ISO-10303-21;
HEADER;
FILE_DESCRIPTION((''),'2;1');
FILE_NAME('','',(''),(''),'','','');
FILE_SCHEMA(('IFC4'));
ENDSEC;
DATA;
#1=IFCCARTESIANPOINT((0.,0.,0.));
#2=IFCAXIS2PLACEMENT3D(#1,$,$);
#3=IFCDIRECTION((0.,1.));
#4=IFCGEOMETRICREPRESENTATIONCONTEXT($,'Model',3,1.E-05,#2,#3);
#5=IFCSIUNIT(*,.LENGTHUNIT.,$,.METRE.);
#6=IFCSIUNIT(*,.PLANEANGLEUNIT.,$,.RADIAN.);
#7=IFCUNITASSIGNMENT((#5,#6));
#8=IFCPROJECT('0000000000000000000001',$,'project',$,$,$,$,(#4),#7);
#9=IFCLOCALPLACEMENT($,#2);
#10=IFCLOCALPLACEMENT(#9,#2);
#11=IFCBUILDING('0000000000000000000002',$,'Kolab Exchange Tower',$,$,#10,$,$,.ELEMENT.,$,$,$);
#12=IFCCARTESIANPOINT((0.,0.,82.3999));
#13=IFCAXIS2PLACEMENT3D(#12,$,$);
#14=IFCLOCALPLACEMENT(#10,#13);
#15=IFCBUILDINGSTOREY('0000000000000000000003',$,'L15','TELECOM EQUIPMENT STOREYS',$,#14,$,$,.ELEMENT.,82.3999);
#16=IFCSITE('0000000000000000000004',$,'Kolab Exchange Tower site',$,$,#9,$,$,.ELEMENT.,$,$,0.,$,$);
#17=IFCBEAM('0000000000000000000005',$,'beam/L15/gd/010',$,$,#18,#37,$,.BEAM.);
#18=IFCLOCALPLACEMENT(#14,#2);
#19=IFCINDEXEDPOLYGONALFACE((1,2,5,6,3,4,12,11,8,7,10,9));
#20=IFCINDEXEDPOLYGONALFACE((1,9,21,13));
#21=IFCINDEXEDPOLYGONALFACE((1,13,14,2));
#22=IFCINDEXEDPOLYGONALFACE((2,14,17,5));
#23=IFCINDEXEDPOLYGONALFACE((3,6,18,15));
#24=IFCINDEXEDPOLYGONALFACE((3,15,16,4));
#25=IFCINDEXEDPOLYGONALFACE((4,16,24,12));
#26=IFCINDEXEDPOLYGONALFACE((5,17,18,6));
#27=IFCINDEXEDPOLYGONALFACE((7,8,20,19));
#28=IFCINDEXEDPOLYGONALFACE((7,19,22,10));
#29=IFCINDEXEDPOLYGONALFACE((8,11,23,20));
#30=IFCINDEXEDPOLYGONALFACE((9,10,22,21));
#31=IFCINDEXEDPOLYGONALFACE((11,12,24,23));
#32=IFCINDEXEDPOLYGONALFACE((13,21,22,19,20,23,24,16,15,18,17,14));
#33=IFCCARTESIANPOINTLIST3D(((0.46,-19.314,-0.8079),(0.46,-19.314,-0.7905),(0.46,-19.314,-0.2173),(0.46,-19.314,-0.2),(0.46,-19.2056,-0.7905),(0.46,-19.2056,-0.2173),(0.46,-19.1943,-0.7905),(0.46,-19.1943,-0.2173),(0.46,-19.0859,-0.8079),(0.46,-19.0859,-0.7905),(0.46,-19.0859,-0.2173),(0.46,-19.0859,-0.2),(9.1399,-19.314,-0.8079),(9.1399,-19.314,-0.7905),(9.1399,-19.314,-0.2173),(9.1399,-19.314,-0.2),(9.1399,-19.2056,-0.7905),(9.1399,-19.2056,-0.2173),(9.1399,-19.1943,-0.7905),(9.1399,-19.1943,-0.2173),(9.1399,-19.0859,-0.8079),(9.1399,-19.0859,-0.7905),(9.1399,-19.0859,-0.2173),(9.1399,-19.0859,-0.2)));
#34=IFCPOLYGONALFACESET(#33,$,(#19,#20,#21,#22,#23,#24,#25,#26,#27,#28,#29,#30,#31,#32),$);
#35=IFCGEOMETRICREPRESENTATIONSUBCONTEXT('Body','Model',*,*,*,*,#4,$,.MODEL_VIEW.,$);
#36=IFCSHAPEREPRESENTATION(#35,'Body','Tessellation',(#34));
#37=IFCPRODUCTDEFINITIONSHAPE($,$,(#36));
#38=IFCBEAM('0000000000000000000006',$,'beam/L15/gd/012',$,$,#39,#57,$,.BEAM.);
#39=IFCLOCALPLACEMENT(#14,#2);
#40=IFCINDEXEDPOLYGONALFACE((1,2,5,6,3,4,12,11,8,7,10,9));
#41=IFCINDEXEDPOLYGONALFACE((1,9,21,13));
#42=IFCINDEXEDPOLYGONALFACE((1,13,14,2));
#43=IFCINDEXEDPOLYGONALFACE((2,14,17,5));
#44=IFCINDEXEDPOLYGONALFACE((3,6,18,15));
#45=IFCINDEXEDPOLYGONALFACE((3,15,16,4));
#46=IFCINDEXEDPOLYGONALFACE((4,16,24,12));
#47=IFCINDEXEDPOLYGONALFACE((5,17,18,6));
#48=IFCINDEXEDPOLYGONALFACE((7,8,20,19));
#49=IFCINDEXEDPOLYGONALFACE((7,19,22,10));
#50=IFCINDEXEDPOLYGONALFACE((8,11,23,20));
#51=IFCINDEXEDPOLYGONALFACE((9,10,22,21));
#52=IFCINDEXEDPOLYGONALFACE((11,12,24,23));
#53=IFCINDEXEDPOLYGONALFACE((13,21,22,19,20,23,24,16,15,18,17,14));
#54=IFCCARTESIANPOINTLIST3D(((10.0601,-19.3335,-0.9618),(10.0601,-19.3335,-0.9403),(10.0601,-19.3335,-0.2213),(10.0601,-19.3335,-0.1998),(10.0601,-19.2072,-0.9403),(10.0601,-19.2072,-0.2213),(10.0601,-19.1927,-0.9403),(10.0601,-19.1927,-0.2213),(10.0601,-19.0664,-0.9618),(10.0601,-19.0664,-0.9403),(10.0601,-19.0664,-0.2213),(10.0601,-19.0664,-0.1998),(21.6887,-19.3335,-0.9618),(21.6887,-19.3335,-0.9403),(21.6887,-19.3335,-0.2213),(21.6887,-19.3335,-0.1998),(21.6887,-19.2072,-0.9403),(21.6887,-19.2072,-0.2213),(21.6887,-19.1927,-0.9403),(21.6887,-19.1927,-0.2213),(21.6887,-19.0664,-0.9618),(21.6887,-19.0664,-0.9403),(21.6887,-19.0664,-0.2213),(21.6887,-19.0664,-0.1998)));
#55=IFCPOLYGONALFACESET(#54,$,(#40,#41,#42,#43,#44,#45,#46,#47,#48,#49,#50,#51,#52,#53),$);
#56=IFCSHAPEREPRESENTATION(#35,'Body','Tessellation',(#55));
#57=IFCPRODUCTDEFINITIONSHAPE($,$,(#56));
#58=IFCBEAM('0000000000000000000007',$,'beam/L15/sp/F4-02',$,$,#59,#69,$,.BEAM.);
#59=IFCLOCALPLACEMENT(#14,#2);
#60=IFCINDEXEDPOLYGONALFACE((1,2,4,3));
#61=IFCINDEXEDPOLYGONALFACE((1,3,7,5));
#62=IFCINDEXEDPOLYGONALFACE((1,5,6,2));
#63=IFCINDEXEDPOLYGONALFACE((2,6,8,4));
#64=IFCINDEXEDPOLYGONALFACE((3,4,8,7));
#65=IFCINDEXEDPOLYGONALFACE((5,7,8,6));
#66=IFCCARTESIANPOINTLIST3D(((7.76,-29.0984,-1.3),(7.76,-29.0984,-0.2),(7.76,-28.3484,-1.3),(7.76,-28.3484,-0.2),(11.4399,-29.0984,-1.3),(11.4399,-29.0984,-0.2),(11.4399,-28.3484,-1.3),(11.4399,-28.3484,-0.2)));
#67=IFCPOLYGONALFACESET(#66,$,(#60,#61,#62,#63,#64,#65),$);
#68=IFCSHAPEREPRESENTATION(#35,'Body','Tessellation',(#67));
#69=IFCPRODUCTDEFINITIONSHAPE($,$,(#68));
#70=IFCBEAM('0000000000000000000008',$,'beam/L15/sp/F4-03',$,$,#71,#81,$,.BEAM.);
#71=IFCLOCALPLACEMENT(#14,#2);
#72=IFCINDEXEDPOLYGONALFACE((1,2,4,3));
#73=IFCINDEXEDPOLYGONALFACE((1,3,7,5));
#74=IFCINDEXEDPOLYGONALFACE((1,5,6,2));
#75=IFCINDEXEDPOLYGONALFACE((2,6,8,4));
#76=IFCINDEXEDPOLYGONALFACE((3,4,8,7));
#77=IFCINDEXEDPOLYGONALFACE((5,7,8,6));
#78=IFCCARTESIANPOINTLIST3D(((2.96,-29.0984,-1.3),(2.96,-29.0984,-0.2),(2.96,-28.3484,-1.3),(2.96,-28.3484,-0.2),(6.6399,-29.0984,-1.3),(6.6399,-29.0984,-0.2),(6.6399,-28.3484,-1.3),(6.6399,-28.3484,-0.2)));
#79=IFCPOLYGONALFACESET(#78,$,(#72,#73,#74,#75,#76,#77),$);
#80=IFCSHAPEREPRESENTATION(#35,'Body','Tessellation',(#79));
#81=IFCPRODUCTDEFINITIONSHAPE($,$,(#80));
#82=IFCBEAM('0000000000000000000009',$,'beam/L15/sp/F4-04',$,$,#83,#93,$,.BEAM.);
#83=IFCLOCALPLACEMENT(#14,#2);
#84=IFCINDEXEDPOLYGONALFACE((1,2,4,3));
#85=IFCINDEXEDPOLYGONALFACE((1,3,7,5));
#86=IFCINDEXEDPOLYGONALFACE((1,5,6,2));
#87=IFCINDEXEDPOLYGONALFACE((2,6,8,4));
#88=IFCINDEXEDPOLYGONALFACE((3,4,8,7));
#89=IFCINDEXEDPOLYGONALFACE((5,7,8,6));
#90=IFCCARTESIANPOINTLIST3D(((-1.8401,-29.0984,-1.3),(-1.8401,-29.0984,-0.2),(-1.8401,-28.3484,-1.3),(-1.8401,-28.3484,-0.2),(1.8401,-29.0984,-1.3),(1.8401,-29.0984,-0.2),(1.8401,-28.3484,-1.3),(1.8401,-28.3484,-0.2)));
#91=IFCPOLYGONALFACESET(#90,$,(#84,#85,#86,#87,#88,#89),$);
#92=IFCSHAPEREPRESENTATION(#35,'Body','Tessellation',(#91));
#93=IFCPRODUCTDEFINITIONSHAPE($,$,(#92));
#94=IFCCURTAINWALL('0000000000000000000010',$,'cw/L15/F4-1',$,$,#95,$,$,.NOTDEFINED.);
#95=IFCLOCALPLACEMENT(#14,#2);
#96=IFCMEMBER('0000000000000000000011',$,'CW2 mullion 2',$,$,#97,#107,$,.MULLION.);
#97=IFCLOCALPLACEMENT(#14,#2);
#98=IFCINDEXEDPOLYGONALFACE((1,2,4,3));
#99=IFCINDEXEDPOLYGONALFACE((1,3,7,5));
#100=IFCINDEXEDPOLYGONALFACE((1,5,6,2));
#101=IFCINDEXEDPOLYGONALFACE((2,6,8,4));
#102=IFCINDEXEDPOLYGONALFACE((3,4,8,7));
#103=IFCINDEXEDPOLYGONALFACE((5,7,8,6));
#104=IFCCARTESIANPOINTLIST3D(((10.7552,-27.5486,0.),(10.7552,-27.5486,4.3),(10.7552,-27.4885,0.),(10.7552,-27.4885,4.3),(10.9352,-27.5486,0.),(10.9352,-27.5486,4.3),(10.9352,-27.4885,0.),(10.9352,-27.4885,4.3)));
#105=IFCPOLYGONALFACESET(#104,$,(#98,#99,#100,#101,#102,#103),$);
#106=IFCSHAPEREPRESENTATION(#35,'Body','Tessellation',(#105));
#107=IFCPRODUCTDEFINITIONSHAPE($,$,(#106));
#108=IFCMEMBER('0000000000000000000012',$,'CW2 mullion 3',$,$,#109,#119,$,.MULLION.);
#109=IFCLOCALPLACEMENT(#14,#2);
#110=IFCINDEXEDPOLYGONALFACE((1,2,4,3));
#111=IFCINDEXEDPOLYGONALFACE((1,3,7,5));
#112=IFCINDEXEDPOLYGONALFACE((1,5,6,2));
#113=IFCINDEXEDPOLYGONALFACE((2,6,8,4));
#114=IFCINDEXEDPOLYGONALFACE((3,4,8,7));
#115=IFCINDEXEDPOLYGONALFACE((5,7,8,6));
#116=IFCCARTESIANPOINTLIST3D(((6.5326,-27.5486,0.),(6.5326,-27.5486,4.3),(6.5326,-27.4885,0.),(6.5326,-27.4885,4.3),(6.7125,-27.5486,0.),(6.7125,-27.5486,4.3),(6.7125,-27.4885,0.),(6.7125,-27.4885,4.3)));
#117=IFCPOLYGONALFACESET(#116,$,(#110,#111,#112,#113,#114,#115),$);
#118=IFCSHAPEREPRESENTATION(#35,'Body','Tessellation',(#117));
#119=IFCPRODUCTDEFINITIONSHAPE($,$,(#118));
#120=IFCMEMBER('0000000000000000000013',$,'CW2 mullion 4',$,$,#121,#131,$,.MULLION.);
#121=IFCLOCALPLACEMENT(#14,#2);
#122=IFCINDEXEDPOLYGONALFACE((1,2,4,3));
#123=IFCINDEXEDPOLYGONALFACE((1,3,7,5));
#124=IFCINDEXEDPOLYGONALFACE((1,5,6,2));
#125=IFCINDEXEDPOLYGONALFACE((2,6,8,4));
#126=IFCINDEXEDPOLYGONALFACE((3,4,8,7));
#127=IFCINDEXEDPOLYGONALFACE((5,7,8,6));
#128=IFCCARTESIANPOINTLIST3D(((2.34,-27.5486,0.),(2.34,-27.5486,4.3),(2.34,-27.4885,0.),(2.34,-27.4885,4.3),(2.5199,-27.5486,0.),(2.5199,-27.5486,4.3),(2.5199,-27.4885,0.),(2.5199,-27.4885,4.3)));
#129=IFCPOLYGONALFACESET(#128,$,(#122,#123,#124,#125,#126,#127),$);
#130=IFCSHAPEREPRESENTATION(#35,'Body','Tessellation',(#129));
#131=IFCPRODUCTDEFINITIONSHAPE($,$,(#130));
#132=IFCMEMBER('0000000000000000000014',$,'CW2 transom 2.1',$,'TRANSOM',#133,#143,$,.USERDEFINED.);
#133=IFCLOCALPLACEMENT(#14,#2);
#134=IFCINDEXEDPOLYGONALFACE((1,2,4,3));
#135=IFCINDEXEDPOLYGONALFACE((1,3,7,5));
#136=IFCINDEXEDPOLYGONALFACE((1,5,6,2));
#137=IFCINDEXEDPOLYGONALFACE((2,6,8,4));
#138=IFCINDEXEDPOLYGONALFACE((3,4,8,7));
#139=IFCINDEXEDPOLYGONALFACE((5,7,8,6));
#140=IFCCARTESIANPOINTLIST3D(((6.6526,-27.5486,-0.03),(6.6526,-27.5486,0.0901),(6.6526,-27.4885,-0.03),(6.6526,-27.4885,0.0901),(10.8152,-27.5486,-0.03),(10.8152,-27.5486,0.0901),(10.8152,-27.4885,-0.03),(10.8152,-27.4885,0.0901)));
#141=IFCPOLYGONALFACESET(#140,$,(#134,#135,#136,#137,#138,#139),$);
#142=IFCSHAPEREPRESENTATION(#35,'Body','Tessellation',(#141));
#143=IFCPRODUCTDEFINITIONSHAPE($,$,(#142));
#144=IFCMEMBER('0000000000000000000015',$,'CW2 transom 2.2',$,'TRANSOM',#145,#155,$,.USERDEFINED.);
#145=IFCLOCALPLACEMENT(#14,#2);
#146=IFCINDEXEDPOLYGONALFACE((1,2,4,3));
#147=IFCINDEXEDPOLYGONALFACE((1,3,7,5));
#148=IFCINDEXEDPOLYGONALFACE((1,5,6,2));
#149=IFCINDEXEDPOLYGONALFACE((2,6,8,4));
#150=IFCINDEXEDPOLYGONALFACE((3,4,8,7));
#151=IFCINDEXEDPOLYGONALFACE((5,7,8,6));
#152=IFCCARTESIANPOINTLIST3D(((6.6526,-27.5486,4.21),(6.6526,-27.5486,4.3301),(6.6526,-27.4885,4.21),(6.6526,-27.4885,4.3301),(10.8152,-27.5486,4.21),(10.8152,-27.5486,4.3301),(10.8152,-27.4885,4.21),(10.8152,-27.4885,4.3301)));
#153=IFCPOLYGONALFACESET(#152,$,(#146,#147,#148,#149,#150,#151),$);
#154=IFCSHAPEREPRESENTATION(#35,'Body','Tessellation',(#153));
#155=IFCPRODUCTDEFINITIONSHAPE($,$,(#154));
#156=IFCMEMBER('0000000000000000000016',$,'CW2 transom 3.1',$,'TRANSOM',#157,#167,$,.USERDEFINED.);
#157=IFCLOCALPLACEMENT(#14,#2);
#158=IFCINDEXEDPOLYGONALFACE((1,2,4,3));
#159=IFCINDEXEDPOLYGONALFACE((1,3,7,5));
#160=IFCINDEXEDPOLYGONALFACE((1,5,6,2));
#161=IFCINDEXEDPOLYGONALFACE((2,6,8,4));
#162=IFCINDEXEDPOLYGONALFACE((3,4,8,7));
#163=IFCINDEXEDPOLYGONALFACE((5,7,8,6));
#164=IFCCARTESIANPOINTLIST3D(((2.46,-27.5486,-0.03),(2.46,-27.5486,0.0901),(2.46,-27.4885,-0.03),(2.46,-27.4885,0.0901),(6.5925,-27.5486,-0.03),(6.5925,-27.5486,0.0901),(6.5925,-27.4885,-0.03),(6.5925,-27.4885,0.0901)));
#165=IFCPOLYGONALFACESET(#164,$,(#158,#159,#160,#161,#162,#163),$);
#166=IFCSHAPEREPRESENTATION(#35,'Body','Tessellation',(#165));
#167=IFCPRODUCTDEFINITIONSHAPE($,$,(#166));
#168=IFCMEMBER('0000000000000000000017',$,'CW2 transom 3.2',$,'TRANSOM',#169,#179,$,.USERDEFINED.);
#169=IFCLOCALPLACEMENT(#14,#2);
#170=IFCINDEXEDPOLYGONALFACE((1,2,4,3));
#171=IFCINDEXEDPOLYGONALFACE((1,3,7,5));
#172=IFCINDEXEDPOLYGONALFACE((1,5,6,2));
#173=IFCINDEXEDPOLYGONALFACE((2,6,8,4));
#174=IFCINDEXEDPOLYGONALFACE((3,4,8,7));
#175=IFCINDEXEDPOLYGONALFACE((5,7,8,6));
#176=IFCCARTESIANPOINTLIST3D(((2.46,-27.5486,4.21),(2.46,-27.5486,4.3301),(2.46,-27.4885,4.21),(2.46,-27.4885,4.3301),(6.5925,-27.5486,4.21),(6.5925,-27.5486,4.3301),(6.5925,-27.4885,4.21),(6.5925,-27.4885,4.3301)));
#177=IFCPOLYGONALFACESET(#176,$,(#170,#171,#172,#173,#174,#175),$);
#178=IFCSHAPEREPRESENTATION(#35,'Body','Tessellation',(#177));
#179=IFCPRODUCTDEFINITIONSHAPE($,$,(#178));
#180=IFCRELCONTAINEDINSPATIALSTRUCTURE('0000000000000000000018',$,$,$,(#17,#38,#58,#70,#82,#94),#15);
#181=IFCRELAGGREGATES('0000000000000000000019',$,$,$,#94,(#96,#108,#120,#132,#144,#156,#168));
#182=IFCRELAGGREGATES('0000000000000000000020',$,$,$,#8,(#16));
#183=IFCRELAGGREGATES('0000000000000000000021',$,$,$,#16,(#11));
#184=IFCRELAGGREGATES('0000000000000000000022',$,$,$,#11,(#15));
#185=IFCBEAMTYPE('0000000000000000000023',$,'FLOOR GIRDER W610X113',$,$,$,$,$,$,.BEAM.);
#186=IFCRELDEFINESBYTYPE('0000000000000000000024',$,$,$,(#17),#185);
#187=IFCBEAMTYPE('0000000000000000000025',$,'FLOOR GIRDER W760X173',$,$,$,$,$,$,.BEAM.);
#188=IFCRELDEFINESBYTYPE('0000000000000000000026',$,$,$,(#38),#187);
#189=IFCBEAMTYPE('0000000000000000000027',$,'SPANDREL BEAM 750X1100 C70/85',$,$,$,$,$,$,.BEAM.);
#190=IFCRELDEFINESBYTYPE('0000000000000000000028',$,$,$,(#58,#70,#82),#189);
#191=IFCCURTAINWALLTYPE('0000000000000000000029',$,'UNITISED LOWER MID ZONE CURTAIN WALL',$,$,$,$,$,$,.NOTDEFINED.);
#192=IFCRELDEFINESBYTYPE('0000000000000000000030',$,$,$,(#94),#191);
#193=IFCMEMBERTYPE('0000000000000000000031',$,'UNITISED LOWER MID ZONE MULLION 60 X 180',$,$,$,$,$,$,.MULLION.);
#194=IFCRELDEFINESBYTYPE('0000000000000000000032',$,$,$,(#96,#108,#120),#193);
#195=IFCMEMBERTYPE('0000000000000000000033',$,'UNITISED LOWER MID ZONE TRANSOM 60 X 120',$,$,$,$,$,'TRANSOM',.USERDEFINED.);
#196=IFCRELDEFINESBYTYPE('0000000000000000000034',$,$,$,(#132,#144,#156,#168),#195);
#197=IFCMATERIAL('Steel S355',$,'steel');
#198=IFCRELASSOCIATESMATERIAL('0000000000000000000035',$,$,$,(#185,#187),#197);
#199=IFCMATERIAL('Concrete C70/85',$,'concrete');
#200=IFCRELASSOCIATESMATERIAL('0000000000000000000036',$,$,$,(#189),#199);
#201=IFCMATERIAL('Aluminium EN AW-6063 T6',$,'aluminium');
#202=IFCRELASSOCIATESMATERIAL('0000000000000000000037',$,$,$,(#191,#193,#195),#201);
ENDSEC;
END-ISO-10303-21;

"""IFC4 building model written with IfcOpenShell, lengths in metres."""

from ifc_helpers import new_model, si_unit, direction, frame, origin, origin_2d, place, context, subcontext, project, spatial, rectangle, i_section, extrude, material, material_profile, profile_set, type_object, element, aggregate, save


model = new_model("IFC4")

# Units and contexts
model_context = context("Model", 3, precision=1e-05, world=origin(), true_north=direction((0.0, 1.0)))
body_context = subcontext(model_context, "Body", "Model", "MODEL_VIEW")
ifc_project = project(units=[si_unit("LENGTHUNIT", "METRE"), si_unit("PLANEANGLEUNIT", "RADIAN")], contexts=[model_context])

# Site, building, storey
site_placement = place(None, origin())
site = spatial("IfcSite", under=ifc_project, at=site_placement, Name="Kolab Exchange Tower site", CompositionType="ELEMENT", RefElevation=0.0)
building_placement = place(site_placement, origin())
building = spatial("IfcBuilding", under=site, at=building_placement, Name="Kolab Exchange Tower", CompositionType="ELEMENT")
storey_placement = place(building_placement, frame((0.0, 0.0, 82.3999)))
storey = spatial("IfcBuildingStorey", under=building, at=storey_placement, Name="L15", Description="TELECOM EQUIPMENT STOREYS", CompositionType="ELEMENT", Elevation=82.3999)

# Shared definitions
ifc_material_1 = material(Name="Concrete C70/85", Category="concrete")

# Beams
ifc_material_2 = material(Name="Steel S355", Category="steel")
ifc_material_profile_1 = material_profile(ifc_material_2, i_section(OverallWidth=0.228, OverallDepth=0.6079, WebThickness=0.0112, FlangeThickness=0.0173, at=origin_2d()), Name="W610X113")
ifc_profile_set_1 = profile_set([ifc_material_profile_1], Name="Steel S355")
beam_type_1 = type_object("IfcBeamType", Name="FLOOR GIRDER W610X113", PredefinedType="BEAM", material=ifc_profile_set_1)
beam_1_placement = place(storey_placement, frame((0.46, -19.2, -0.5039), z_axis=(1.0, 0.0, 0.0), x_axis=(0.0, 1.0, 0.0)))
element("IfcBeam", 1, at=beam_1_placement, inside=storey, type_object=beam_type_1, Name="beam/L15/gd/010", PredefinedType="BEAM", context=body_context, shape_type="SweptSolid", body=[
    extrude(i_section(OverallWidth=0.228, OverallDepth=0.6079, WebThickness=0.0112, FlangeThickness=0.0173, at=origin_2d()), origin(), (0.0, 0.0, 1.0), 8.6799),
])
ifc_material_profile_2 = material_profile(ifc_material_2, i_section(OverallWidth=0.2671, OverallDepth=0.762, WebThickness=0.0144, FlangeThickness=0.0215, at=origin_2d()), Name="W760X173")
ifc_profile_set_2 = profile_set([ifc_material_profile_2], Name="Steel S355")
beam_type_2 = type_object("IfcBeamType", Name="FLOOR GIRDER W760X173", PredefinedType="BEAM", material=ifc_profile_set_2)
beam_2_placement = place(storey_placement, frame((10.0601, -19.2, -0.5808), z_axis=(1.0, 0.0, 0.0), x_axis=(0.0, 1.0, 0.0)))
element("IfcBeam", 2, at=beam_2_placement, inside=storey, type_object=beam_type_2, Name="beam/L15/gd/012", PredefinedType="BEAM", context=body_context, shape_type="SweptSolid", body=[
    extrude(i_section(OverallWidth=0.2671, OverallDepth=0.762, WebThickness=0.0144, FlangeThickness=0.0215, at=origin_2d()), origin(), (0.0, 0.0, 1.0), 11.6287),
])
ifc_material_profile_3 = material_profile(ifc_material_1, rectangle(XDim=0.75, YDim=1.1001, at=origin_2d()), Name="RC750X1100")
ifc_profile_set_3 = profile_set([ifc_material_profile_3], Name="Concrete C70/85")
beam_type_3 = type_object("IfcBeamType", Name="SPANDREL BEAM 750X1100 C70/85", PredefinedType="BEAM", material=ifc_profile_set_3)
for number, where, z_axis, x_axis, name in (
    (3, (11.4399, -28.7234, -0.75), (-1.0, 0.0, 0.0), (0.0, -1.0, 0.0), "beam/L15/sp/F4-02"),
    (4, (6.6399, -28.7234, -0.75), (-1.0, 0.0, 0.0), (0.0, -1.0, 0.0), "beam/L15/sp/F4-03"),
):
    element("IfcBeam", number, at=place(storey_placement, frame(where, z_axis=z_axis, x_axis=x_axis)), inside=storey, type_object=beam_type_3, Name=name, PredefinedType="BEAM", context=body_context, shape_type="SweptSolid", body=[
        extrude(rectangle(XDim=0.75, YDim=1.1001, at=origin_2d()), origin(), (0.0, 0.0, 1.0), 3.6799),
    ])
beam_3_placement = place(storey_placement, frame((1.8401, -28.7234, -0.75), z_axis=(-1.0, 0.0, 0.0), x_axis=(0.0, -1.0, 0.0)))
element("IfcBeam", 5, at=beam_3_placement, inside=storey, type_object=beam_type_3, Name="beam/L15/sp/F4-04", PredefinedType="BEAM", context=body_context, shape_type="SweptSolid", body=[
    extrude(rectangle(XDim=0.75, YDim=1.1001, at=origin_2d()), origin(), (0.0, 0.0, 1.0), 3.6802),
])

# Curtain wall, members
ifc_material_3 = material(Name="Aluminium EN AW-6063 T6", Category="aluminium")
curtain_wall_type = type_object("IfcCurtainWallType", Name="UNITISED LOWER MID ZONE CURTAIN WALL", PredefinedType="NOTDEFINED", material=ifc_material_3)
curtain_wall_placement = place(storey_placement, origin())
curtain_wall = element("IfcCurtainWall", 6, at=curtain_wall_placement, inside=storey, type_object=curtain_wall_type, Name="cw/L15/F4-1", PredefinedType="NOTDEFINED")
ifc_material_profile_4 = material_profile(ifc_material_3, rectangle(XDim=0.0601, YDim=0.1799, at=origin_2d()), Name="RECT 60X180")
ifc_profile_set_4 = profile_set([ifc_material_profile_4], Name="Aluminium EN AW-6063 T6")
member_type_1 = type_object("IfcMemberType", Name="UNITISED LOWER MID ZONE MULLION 60 X 180", PredefinedType="MULLION", material=ifc_profile_set_4)
member_1_placement = place(storey_placement, frame((10.8452, -27.5186, 0.0), z_axis=(0.0, 0.0, 1.0), x_axis=(0.0, -1.0, 0.0)))
member_1 = element("IfcMember", 7, at=member_1_placement, type_object=member_type_1, Name="CW2 mullion 2", PredefinedType="MULLION", context=body_context, shape_type="SweptSolid", body=[
    extrude(rectangle(XDim=0.0601, YDim=0.1799, at=origin_2d()), origin(), (0.0, 0.0, 1.0), 4.3),
])
member_2_placement = place(storey_placement, frame((6.6226, -27.5186, 0.0), z_axis=(0.0, 0.0, 1.0), x_axis=(0.0, -1.0, 0.0)))
member_2 = element("IfcMember", 8, at=member_2_placement, type_object=member_type_1, Name="CW2 mullion 3", PredefinedType="MULLION", context=body_context, shape_type="SweptSolid", body=[
    extrude(rectangle(XDim=0.0601, YDim=0.1799, at=origin_2d()), origin(), (0.0, 0.0, 1.0), 4.3),
])
member_3_placement = place(storey_placement, frame((2.4299, -27.5186, 0.0), z_axis=(0.0, 0.0, 1.0), x_axis=(0.0, -1.0, 0.0)))
member_3 = element("IfcMember", 9, at=member_3_placement, type_object=member_type_1, Name="CW2 mullion 4", PredefinedType="MULLION", context=body_context, shape_type="SweptSolid", body=[
    extrude(rectangle(XDim=0.0601, YDim=0.1799, at=origin_2d()), origin(), (0.0, 0.0, 1.0), 4.3),
])
ifc_material_profile_5 = material_profile(ifc_material_3, rectangle(XDim=0.0601, YDim=0.1201, at=origin_2d()), Name="RECT 60X120")
ifc_profile_set_5 = profile_set([ifc_material_profile_5], Name="Aluminium EN AW-6063 T6")
member_type_2 = type_object("IfcMemberType", Name="UNITISED LOWER MID ZONE TRANSOM 60 X 120", ElementType="TRANSOM", PredefinedType="USERDEFINED", material=ifc_profile_set_5)
member_4_placement = place(storey_placement, frame((10.8152, -27.5186, 0.03), z_axis=(-1.0, 0.0, 0.0), x_axis=(0.0, -1.0, 0.0)))
member_4 = element("IfcMember", 10, at=member_4_placement, type_object=member_type_2, Name="CW2 transom 2.1", ObjectType="TRANSOM", PredefinedType="USERDEFINED", context=body_context, shape_type="SweptSolid", body=[
    extrude(rectangle(XDim=0.0601, YDim=0.1201, at=origin_2d()), origin(), (0.0, 0.0, 1.0), 4.1626),
])
member_5_placement = place(storey_placement, frame((10.8152, -27.5186, 4.27), z_axis=(-1.0, 0.0, 0.0), x_axis=(0.0, -1.0, 0.0)))
member_5 = element("IfcMember", 11, at=member_5_placement, type_object=member_type_2, Name="CW2 transom 2.2", ObjectType="TRANSOM", PredefinedType="USERDEFINED", context=body_context, shape_type="SweptSolid", body=[
    extrude(rectangle(XDim=0.0601, YDim=0.1201, at=origin_2d()), origin(), (0.0, 0.0, 1.0), 4.1626),
])
member_6_placement = place(storey_placement, frame((6.5925, -27.5186, 0.03), z_axis=(-1.0, 0.0, 0.0), x_axis=(0.0, -1.0, 0.0)))
member_6 = element("IfcMember", 12, at=member_6_placement, type_object=member_type_2, Name="CW2 transom 3.1", ObjectType="TRANSOM", PredefinedType="USERDEFINED", context=body_context, shape_type="SweptSolid", body=[
    extrude(rectangle(XDim=0.0601, YDim=0.1201, at=origin_2d()), origin(), (0.0, 0.0, 1.0), 4.1326),
])
member_7_placement = place(storey_placement, frame((6.5925, -27.5186, 4.27), z_axis=(-1.0, 0.0, 0.0), x_axis=(0.0, -1.0, 0.0)))
member_7 = element("IfcMember", 13, at=member_7_placement, type_object=member_type_2, Name="CW2 transom 3.2", ObjectType="TRANSOM", PredefinedType="USERDEFINED", context=body_context, shape_type="SweptSolid", body=[
    extrude(rectangle(XDim=0.0601, YDim=0.1201, at=origin_2d()), origin(), (0.0, 0.0, 1.0), 4.1326),
])
aggregate(curtain_wall, [member_1, member_2, member_3, member_4, member_5, member_6, member_7])

save(model, "model.ifc")
